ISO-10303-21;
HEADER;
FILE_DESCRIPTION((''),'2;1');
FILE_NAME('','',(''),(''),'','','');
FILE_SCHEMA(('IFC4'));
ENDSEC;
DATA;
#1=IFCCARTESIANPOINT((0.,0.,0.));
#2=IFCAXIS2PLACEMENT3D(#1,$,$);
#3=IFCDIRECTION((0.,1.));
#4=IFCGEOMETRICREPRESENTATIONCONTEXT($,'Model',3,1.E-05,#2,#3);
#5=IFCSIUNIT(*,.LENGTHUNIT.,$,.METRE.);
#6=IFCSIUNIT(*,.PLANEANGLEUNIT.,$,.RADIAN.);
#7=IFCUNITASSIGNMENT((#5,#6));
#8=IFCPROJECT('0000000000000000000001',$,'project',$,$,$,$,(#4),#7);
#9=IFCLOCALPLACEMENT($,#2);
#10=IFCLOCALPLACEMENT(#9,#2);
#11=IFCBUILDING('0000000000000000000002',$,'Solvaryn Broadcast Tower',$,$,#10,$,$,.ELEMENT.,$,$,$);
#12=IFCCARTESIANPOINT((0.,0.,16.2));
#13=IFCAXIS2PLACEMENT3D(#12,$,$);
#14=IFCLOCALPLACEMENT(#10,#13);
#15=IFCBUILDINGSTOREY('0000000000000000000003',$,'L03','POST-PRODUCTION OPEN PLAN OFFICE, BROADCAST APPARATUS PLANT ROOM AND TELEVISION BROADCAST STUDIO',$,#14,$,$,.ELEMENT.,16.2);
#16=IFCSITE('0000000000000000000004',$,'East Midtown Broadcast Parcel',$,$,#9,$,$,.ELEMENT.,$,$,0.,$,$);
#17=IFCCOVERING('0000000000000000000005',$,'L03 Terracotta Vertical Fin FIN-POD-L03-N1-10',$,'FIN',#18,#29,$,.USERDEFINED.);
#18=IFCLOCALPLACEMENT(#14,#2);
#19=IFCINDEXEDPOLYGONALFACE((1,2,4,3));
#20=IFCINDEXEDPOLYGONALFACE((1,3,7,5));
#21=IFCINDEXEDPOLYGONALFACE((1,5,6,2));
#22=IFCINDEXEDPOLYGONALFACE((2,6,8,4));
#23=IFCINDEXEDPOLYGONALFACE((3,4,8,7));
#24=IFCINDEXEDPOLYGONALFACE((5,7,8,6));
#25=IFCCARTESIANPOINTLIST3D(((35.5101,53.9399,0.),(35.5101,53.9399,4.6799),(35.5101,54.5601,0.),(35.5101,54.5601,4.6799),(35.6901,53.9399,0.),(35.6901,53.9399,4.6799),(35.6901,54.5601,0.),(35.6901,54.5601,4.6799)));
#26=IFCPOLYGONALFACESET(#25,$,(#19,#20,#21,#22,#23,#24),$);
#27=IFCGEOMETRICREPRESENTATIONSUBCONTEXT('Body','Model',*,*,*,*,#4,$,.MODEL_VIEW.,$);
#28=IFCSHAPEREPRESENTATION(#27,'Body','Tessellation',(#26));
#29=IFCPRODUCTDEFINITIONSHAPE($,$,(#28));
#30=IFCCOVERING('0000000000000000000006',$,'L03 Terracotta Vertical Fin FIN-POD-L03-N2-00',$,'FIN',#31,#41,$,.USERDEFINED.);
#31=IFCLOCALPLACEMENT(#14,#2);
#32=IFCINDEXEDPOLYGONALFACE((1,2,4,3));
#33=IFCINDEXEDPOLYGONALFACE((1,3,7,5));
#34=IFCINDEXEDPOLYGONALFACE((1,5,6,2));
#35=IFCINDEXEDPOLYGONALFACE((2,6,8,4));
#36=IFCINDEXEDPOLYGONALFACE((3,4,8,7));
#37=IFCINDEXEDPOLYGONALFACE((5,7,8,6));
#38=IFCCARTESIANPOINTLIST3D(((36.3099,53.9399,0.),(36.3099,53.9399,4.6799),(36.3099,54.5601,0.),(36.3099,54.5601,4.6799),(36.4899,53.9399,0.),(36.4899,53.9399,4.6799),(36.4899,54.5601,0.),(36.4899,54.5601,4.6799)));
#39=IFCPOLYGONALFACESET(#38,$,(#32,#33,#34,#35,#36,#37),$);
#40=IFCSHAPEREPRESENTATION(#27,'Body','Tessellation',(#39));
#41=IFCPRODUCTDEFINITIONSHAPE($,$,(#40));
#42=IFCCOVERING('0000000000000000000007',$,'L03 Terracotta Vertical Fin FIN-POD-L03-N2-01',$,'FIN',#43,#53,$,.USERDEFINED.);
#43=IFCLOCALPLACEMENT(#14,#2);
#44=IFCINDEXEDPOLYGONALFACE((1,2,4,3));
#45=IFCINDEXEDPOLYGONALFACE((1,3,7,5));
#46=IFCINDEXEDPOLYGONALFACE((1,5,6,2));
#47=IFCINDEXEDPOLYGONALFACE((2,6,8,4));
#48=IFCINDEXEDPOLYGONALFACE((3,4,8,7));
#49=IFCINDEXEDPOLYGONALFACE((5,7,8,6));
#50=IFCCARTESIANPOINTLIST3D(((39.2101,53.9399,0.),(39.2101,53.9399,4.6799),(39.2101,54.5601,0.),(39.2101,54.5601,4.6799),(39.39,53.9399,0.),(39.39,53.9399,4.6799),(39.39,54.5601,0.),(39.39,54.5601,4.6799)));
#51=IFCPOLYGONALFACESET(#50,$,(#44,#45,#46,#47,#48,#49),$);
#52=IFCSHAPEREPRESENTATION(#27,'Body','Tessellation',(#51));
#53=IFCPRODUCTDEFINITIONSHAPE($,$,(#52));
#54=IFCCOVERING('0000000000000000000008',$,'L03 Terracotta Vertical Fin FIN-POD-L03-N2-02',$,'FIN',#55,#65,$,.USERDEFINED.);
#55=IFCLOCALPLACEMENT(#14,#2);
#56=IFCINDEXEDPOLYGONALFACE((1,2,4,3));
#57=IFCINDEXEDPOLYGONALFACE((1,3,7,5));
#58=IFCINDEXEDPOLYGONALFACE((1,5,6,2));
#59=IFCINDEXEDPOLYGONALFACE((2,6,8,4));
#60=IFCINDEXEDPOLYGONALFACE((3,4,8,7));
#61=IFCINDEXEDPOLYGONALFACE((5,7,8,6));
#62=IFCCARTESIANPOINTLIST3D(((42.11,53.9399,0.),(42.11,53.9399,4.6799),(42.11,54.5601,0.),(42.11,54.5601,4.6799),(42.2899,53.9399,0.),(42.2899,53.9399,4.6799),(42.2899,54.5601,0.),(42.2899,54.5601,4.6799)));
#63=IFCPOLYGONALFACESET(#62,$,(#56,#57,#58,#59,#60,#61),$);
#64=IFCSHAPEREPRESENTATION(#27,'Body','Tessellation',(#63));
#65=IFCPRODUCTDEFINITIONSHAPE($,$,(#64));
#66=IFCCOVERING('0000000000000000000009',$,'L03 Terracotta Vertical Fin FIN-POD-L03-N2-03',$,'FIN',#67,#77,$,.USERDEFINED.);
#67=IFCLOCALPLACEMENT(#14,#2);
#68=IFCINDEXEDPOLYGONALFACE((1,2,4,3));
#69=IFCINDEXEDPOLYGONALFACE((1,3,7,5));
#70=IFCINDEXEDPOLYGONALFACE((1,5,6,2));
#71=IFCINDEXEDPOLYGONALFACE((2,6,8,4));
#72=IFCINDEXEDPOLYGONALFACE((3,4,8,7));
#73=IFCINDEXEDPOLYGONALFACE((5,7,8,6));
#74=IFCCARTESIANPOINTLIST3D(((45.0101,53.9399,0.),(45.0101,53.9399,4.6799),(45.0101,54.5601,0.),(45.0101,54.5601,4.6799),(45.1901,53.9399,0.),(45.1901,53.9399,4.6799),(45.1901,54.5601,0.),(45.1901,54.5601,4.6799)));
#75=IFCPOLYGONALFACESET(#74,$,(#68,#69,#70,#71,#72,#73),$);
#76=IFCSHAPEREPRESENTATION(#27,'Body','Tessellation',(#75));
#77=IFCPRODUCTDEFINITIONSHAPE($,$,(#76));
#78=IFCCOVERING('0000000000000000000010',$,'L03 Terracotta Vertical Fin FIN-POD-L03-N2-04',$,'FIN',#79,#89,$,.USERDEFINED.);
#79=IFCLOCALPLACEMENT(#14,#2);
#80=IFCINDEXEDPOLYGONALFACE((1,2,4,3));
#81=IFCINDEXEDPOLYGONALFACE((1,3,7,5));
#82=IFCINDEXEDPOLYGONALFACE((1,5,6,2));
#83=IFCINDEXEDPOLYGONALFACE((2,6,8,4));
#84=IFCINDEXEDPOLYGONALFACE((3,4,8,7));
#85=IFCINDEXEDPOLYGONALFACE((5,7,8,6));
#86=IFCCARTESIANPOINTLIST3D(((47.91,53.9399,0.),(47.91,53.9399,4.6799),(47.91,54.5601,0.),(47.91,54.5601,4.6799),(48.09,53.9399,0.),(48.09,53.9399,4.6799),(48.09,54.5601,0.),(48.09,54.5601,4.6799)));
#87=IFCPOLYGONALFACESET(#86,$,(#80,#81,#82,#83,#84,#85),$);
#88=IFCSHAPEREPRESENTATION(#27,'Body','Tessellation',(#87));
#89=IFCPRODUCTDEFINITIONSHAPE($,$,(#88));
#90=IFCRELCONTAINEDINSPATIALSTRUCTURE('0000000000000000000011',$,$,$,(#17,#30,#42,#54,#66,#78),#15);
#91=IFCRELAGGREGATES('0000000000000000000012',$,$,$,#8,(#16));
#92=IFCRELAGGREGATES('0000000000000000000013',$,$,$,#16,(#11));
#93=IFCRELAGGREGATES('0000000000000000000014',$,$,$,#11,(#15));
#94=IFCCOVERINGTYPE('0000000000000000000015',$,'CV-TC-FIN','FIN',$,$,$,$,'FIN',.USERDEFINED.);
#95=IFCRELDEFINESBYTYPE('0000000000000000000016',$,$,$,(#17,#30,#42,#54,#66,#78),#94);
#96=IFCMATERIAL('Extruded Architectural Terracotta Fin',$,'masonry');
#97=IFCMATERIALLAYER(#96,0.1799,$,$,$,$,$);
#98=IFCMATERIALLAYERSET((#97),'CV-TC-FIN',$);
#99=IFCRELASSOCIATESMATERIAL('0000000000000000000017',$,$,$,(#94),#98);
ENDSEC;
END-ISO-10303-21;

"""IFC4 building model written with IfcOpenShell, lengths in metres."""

from ifc_helpers import new_model, si_unit, direction, frame, origin, origin_2d, place, context, subcontext, project, spatial, rectangle, extrude, material, layer, layer_set, type_object, element, save


model = new_model("IFC4")

# Units and contexts
model_context = context("Model", 3, precision=1e-05, world=origin(), true_north=direction((0.0, 1.0)))
body_context = subcontext(model_context, "Body", "Model", "MODEL_VIEW")
ifc_project = project(units=[si_unit("LENGTHUNIT", "METRE"), si_unit("PLANEANGLEUNIT", "RADIAN")], contexts=[model_context])

# Site, building, storey
site_placement = place(None, origin())
site = spatial("IfcSite", under=ifc_project, at=site_placement, Name="East Midtown Broadcast Parcel", CompositionType="ELEMENT", RefElevation=0.0)
building_placement = place(site_placement, origin())
building = spatial("IfcBuilding", under=site, at=building_placement, Name="Solvaryn Broadcast Tower", CompositionType="ELEMENT")
storey_placement = place(building_placement, frame((0.0, 0.0, 16.2)))
storey = spatial("IfcBuildingStorey", under=building, at=storey_placement, Name="L03", Description="POST-PRODUCTION OPEN PLAN OFFICE, BROADCAST APPARATUS PLANT ROOM AND TELEVISION BROADCAST STUDIO", CompositionType="ELEMENT", Elevation=16.2)

# Coverings
ifc_material_1 = material(Name="Extruded Architectural Terracotta Fin", Category="masonry")
ifc_layer_1 = layer(ifc_material_1, 0.1799)
ifc_layer_set_1 = layer_set([ifc_layer_1], Name="CV-TC-FIN")
covering_type = type_object("IfcCoveringType", Name="CV-TC-FIN", Description="FIN", ElementType="FIN", PredefinedType="USERDEFINED", material=ifc_layer_set_1)
for number, where, z_axis, x_axis, name in (
    (1, (35.6001, 54.25, 0.0), (0.0, 0.0, 1.0), (1.0, 0.0, 0.0), "L03 Terracotta Vertical Fin FIN-POD-L03-N1-10"),
    (2, (36.3999, 54.25, 0.0), (0.0, 0.0, 1.0), (1.0, 0.0, 0.0), "L03 Terracotta Vertical Fin FIN-POD-L03-N2-00"),
    (3, (39.3, 54.25, 0.0), (0.0, 0.0, 1.0), (1.0, 0.0, 0.0), "L03 Terracotta Vertical Fin FIN-POD-L03-N2-01"),
    (4, (42.2, 54.25, 0.0), (0.0, 0.0, 1.0), (1.0, 0.0, 0.0), "L03 Terracotta Vertical Fin FIN-POD-L03-N2-02"),
    (5, (45.1001, 54.25, 0.0), (0.0, 0.0, 1.0), (1.0, 0.0, 0.0), "L03 Terracotta Vertical Fin FIN-POD-L03-N2-03"),
    (6, (48.0, 54.25, 0.0), (0.0, 0.0, 1.0), (1.0, 0.0, 0.0), "L03 Terracotta Vertical Fin FIN-POD-L03-N2-04"),
):
    element("IfcCovering", number, at=place(storey_placement, frame(where, z_axis=z_axis, x_axis=x_axis)), inside=storey, type_object=covering_type, Name=name, ObjectType="FIN", PredefinedType="USERDEFINED", context=body_context, shape_type="SweptSolid", body=[
        extrude(rectangle(XDim=0.1799, YDim=0.6201, at=origin_2d()), origin(), (0.0, 0.0, 1.0), 4.6799),
    ])

save(model, "model.ifc")
